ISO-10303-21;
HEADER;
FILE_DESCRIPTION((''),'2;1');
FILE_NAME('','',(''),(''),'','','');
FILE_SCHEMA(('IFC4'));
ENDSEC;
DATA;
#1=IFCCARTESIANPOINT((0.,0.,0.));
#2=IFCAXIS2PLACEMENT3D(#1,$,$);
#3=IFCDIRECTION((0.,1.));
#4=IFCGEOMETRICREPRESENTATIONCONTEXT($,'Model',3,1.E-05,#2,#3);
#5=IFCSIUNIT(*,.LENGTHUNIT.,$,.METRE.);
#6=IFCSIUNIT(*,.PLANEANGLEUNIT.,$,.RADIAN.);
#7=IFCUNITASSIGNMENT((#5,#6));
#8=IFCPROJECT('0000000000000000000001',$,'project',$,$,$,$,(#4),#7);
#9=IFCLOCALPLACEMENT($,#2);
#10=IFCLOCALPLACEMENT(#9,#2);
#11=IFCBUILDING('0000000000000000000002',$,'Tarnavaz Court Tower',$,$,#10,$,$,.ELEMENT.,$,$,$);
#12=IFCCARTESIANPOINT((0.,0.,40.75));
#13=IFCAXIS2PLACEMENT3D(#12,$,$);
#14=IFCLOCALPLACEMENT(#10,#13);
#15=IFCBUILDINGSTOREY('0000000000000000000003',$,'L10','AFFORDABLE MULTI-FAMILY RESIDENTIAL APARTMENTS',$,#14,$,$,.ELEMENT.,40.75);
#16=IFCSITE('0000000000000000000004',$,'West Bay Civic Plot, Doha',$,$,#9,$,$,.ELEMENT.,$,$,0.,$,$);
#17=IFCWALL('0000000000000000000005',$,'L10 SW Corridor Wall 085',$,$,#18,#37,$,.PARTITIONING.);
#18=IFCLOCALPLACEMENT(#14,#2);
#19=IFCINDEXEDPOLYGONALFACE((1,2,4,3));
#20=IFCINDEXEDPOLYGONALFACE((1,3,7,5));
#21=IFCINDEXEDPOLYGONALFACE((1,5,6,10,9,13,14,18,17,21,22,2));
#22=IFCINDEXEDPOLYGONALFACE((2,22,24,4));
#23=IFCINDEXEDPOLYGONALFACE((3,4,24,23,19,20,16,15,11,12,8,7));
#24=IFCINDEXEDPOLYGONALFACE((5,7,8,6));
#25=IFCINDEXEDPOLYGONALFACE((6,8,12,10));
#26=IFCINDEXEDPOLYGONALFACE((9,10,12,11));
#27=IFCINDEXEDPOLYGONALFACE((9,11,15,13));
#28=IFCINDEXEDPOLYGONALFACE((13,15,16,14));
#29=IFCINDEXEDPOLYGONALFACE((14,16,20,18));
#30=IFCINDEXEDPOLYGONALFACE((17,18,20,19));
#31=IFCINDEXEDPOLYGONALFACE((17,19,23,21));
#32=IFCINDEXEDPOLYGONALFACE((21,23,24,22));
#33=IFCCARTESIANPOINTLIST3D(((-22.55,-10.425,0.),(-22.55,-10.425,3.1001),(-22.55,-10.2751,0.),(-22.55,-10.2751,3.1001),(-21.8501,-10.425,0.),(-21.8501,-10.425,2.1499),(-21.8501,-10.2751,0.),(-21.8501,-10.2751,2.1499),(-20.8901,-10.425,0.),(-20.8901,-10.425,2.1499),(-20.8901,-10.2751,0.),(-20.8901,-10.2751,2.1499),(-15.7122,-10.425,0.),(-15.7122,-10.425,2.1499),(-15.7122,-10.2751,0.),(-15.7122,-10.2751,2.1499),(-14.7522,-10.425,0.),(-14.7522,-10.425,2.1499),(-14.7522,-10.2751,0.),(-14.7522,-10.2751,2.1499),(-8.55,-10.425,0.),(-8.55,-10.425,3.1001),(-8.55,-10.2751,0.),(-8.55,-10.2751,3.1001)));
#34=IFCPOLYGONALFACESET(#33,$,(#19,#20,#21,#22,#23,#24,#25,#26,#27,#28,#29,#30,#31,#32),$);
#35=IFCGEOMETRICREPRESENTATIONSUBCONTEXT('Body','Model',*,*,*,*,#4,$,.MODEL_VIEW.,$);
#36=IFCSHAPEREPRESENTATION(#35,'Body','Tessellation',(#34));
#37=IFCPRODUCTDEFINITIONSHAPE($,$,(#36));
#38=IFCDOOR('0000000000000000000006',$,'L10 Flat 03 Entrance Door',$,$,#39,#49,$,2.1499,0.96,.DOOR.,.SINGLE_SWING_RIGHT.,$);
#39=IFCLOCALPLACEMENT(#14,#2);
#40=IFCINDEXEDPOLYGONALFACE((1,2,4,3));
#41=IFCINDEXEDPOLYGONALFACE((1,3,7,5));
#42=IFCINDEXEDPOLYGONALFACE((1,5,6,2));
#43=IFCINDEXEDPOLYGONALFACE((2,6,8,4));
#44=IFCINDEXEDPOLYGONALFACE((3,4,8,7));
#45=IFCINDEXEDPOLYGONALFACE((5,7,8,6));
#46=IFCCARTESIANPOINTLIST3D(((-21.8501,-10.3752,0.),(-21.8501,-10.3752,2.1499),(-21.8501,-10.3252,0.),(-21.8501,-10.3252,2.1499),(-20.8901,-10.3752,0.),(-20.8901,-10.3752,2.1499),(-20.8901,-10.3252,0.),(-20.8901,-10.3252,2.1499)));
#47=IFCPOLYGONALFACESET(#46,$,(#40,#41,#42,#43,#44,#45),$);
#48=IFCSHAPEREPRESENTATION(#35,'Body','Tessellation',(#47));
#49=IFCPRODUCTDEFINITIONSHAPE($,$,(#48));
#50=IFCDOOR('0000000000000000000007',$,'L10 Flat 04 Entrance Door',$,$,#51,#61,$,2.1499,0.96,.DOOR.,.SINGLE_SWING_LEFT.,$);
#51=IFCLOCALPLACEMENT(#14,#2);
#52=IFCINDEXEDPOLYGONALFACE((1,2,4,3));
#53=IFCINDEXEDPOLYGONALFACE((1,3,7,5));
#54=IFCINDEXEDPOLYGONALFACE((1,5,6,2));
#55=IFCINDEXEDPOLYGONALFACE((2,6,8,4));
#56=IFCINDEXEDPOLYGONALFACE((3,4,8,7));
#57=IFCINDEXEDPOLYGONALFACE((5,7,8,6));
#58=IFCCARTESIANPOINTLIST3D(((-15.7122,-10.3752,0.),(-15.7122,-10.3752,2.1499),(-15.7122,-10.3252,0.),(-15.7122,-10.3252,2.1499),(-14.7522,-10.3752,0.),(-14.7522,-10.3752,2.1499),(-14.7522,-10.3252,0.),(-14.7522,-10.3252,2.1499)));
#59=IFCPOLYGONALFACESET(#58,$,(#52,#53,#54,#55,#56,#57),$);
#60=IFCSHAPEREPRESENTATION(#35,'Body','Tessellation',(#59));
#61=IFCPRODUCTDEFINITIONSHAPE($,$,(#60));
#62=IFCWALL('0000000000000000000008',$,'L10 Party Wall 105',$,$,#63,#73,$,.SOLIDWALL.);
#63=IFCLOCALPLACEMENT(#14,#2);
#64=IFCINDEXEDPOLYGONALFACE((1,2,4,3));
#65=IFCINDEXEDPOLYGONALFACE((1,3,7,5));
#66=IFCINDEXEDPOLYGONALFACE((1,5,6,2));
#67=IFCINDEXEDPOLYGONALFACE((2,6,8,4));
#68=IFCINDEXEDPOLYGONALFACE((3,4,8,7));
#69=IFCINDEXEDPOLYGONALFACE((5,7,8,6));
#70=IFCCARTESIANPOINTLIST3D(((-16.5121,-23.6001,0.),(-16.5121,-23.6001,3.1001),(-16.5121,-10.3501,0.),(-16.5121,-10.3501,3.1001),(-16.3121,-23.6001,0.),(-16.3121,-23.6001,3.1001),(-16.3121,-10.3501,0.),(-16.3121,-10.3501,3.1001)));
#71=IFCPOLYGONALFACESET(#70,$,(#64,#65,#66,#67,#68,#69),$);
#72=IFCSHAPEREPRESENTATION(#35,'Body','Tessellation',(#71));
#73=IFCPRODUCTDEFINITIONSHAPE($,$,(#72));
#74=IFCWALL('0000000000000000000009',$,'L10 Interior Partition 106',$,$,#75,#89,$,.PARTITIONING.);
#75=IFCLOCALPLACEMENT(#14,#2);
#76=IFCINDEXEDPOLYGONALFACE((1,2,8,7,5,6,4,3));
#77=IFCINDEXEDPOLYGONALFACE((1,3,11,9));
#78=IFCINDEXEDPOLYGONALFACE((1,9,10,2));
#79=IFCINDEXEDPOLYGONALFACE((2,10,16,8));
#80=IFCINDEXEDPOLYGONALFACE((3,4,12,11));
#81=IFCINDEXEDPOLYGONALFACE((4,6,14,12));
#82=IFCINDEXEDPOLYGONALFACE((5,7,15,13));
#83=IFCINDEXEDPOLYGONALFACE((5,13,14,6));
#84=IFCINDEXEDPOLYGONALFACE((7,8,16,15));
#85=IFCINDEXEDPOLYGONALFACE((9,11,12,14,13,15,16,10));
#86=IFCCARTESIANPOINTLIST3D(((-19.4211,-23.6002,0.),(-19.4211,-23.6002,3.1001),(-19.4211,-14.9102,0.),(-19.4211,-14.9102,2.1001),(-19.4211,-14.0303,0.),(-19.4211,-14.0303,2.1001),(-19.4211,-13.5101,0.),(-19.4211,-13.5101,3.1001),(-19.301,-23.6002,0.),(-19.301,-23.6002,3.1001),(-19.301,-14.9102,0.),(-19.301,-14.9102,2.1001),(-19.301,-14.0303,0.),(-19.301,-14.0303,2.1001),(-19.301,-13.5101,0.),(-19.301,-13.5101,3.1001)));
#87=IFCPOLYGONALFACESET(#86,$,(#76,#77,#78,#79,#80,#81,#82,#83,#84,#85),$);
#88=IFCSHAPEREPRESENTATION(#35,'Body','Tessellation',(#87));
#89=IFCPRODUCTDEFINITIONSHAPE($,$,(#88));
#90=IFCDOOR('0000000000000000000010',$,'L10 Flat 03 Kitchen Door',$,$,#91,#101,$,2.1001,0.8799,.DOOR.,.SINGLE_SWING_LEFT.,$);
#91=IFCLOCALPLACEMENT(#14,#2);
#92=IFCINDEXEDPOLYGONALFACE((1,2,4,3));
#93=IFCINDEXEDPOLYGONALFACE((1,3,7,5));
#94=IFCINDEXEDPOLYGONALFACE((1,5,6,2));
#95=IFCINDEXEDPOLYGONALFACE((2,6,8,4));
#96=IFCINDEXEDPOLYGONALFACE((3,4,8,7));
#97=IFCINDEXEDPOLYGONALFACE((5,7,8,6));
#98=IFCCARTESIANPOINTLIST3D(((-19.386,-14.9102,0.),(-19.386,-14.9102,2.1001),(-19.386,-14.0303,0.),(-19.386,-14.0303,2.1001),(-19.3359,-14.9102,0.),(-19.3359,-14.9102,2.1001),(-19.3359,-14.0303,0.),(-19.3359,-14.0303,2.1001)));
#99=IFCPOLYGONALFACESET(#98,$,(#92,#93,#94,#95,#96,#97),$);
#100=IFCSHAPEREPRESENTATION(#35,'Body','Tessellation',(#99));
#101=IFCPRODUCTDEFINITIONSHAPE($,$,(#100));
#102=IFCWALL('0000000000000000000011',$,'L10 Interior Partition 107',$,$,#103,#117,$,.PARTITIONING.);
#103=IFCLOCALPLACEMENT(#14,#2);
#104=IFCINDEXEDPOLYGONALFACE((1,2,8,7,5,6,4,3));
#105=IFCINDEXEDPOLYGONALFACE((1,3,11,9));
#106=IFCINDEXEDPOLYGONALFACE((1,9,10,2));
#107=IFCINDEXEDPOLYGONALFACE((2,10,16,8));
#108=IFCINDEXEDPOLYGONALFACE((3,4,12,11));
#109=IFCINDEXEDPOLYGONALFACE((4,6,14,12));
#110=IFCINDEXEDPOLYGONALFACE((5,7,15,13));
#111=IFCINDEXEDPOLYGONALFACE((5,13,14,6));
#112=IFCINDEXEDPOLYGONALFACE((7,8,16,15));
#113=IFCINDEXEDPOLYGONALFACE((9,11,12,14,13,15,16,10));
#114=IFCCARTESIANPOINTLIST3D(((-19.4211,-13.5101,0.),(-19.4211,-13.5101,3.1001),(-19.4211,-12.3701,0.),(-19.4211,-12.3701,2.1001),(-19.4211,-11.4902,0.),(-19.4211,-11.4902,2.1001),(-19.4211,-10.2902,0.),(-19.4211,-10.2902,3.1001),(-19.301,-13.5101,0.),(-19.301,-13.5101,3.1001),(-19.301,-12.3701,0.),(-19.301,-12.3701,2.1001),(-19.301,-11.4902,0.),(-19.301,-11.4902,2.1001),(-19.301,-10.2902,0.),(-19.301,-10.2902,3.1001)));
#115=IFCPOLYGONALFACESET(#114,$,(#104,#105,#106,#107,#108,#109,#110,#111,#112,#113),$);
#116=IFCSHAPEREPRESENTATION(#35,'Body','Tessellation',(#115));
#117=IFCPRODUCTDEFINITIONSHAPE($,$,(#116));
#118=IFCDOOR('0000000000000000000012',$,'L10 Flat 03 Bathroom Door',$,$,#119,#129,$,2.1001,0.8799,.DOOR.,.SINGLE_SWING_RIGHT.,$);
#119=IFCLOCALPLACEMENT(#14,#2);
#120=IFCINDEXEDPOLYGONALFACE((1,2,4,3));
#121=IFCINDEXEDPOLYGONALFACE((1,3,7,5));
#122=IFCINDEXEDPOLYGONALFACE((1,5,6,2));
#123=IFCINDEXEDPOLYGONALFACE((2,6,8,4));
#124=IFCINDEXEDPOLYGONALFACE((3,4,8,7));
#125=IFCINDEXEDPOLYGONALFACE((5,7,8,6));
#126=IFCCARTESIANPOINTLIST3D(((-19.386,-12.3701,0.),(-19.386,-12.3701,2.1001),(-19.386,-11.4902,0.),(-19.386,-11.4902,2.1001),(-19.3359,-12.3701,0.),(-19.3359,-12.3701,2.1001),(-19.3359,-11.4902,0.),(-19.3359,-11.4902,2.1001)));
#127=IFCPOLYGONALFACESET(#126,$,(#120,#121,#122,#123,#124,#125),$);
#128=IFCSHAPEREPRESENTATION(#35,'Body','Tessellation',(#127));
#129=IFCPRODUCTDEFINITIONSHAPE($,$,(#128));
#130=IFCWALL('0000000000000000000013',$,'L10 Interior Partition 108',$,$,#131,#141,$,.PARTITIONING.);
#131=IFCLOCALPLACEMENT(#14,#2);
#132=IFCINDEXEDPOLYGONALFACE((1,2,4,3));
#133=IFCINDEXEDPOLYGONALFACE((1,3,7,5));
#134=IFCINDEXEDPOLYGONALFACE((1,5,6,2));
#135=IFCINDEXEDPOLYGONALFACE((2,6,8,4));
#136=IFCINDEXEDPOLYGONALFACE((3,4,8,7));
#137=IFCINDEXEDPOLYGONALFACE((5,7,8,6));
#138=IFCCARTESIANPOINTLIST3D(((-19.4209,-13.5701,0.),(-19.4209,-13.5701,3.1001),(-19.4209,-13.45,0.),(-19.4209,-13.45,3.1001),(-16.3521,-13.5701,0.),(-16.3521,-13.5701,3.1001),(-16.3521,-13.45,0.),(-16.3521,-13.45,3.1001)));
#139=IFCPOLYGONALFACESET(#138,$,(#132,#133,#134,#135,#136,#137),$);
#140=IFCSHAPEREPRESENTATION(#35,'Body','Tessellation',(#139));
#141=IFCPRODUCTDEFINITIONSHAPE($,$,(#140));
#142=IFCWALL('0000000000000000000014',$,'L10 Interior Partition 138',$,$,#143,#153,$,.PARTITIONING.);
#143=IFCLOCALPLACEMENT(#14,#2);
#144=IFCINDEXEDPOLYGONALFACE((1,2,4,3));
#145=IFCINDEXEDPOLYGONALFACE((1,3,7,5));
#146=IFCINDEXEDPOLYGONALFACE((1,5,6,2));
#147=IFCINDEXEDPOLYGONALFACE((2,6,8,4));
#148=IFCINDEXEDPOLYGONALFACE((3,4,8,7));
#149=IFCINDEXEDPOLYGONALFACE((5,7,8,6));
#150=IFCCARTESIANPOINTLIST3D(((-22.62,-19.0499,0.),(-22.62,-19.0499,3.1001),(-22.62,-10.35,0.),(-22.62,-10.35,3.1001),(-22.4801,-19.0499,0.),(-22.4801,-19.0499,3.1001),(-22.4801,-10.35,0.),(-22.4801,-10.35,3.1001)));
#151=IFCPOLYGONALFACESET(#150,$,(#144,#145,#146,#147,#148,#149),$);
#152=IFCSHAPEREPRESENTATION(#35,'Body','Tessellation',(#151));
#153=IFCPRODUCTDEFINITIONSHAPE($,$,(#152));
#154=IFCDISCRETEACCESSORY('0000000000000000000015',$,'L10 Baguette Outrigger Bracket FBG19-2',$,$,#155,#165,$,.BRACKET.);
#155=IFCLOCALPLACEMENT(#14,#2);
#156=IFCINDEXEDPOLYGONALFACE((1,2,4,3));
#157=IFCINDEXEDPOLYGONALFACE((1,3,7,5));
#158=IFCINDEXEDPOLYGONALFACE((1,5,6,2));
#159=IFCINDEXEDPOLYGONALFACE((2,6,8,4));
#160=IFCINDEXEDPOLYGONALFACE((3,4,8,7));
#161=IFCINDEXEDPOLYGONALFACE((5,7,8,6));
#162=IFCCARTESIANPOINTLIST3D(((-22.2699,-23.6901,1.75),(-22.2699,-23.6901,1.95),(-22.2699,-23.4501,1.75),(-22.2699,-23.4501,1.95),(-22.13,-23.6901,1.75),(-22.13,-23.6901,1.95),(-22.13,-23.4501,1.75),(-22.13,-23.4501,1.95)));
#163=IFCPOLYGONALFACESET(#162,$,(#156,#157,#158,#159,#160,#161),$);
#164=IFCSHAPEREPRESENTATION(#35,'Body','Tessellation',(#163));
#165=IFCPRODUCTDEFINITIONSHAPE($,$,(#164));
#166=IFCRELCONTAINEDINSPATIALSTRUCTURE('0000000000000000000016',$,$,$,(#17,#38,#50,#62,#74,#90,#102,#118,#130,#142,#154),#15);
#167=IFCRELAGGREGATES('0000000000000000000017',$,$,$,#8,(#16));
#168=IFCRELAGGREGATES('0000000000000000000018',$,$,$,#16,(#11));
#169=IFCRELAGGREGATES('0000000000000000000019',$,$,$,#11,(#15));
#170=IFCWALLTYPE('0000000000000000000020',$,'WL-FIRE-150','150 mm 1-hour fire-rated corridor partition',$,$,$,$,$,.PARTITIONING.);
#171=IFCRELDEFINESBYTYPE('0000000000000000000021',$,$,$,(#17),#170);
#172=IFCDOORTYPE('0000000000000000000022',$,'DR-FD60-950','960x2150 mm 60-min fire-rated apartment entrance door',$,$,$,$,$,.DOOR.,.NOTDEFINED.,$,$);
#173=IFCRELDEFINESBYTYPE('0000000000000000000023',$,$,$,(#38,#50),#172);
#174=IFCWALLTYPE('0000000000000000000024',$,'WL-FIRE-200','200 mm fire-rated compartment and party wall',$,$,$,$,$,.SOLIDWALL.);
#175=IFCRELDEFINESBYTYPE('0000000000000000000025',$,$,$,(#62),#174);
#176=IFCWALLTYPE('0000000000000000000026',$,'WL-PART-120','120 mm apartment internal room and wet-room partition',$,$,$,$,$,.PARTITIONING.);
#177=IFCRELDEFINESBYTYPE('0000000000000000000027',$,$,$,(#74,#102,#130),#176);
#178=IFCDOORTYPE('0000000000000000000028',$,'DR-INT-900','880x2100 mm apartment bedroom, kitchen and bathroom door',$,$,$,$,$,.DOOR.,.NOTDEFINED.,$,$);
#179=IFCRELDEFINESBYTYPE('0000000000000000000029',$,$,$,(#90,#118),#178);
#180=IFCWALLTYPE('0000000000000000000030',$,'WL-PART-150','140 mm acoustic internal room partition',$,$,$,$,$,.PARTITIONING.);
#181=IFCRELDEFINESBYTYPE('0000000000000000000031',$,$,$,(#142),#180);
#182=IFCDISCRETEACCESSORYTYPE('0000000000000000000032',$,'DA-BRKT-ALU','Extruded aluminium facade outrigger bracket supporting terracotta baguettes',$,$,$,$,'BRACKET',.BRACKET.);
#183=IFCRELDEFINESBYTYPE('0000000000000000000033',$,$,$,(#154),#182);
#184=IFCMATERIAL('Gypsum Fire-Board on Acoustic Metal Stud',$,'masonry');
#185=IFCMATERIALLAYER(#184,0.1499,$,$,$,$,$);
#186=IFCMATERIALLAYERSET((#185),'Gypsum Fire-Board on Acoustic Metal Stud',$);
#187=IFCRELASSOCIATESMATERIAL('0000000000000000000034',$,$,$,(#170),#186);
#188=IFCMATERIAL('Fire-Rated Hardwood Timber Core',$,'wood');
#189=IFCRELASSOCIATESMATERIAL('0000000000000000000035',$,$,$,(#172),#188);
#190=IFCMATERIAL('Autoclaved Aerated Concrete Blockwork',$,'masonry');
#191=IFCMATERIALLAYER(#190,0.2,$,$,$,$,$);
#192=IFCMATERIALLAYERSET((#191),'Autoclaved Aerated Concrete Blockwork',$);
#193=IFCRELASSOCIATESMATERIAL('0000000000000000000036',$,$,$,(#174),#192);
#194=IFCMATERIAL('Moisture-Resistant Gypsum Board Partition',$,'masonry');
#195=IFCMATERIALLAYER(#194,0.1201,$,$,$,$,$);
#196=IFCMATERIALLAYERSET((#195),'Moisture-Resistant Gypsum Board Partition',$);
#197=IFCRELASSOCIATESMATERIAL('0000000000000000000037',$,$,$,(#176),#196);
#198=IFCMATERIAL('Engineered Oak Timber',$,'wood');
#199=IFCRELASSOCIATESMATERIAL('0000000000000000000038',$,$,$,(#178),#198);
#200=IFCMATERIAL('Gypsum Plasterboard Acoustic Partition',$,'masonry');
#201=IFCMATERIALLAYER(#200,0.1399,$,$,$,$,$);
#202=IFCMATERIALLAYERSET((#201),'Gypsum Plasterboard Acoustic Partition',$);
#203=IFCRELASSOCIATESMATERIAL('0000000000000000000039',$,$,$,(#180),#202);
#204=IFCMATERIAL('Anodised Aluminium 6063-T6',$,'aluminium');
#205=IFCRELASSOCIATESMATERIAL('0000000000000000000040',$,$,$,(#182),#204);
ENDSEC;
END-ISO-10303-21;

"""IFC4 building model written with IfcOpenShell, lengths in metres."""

from ifc_helpers import new_model, si_unit, direction, frame, frame_2d, origin, origin_2d, place, context, subcontext, project, spatial, rectangle, extrude, material, layer, layer_set, type_object, element, fill, save


model = new_model("IFC4")

# Units and contexts
model_context = context("Model", 3, precision=1e-05, world=origin(), true_north=direction((0.0, 1.0)))
body_context = subcontext(model_context, "Body", "Model", "MODEL_VIEW")
ifc_project = project(units=[si_unit("LENGTHUNIT", "METRE"), si_unit("PLANEANGLEUNIT", "RADIAN")], contexts=[model_context])

# Site, building, storey
site_placement = place(None, origin())
site = spatial("IfcSite", under=ifc_project, at=site_placement, Name="West Bay Civic Plot, Doha", CompositionType="ELEMENT", RefElevation=0.0)
building_placement = place(site_placement, origin())
building = spatial("IfcBuilding", under=site, at=building_placement, Name="Tarnavaz Court Tower", CompositionType="ELEMENT")
storey_placement = place(building_placement, frame((0.0, 0.0, 40.75)))
storey = spatial("IfcBuildingStorey", under=building, at=storey_placement, Name="L10", Description="AFFORDABLE MULTI-FAMILY RESIDENTIAL APARTMENTS", CompositionType="ELEMENT", Elevation=40.75)

# Wall, openings, doors
ifc_material_1 = material(Name="Gypsum Fire-Board on Acoustic Metal Stud", Category="masonry")
ifc_layer_1 = layer(ifc_material_1, 0.1499)
ifc_layer_set_1 = layer_set([ifc_layer_1], Name="Gypsum Fire-Board on Acoustic Metal Stud")
wall_type_1 = type_object("IfcWallType", Name="WL-FIRE-150", Description="150 mm 1-hour fire-rated corridor partition", PredefinedType="PARTITIONING", material=ifc_layer_set_1)
wall_1_placement = place(storey_placement, frame((-22.55, -10.3501, 0.0), z_axis=(0.0, 0.0, 1.0), x_axis=(1.0, 0.0, 0.0)))
wall_1 = element("IfcWall", 1, at=wall_1_placement, inside=storey, type_object=wall_type_1, Name="L10 SW Corridor Wall 085", PredefinedType="PARTITIONING", context=body_context, shape_type="SweptSolid", body=[
    extrude(rectangle(XDim=14.0, YDim=0.1499, at=frame_2d((7.0, 0.0))), origin(), (0.0, 0.0, 1.0), 3.1001),
])
opening_1_placement = place(wall_1_placement, frame((0.7, 0.0, 0.0)))
opening_1 = element("IfcOpeningElement", 2, at=opening_1_placement, cuts=wall_1, PredefinedType="OPENING", context=body_context, shape_type="SweptSolid", body=[
    extrude(rectangle(XDim=0.96, YDim=2.1499, at=frame_2d((0.48, 1.075))), frame((0.0, 0.085, 0.0), z_axis=(0.0, -1.0, 0.0), x_axis=(1.0, 0.0, 0.0)), (0.0, 0.0, 1.0), 0.1699),
])
opening_2_placement = place(wall_1_placement, frame((6.8379, 0.0, 0.0)))
opening_2 = element("IfcOpeningElement", 3, at=opening_2_placement, cuts=wall_1, PredefinedType="OPENING", context=body_context, shape_type="SweptSolid", body=[
    extrude(rectangle(XDim=0.96, YDim=2.1499, at=frame_2d((0.48, 1.075))), frame((0.0, 0.085, 0.0), z_axis=(0.0, -1.0, 0.0), x_axis=(1.0, 0.0, 0.0)), (0.0, 0.0, 1.0), 0.1699),
])
ifc_material_2 = material(Name="Fire-Rated Hardwood Timber Core", Category="wood")
door_type_1 = type_object("IfcDoorType", Name="DR-FD60-950", Description="960x2150 mm 60-min fire-rated apartment entrance door", OperationType="NOTDEFINED", PredefinedType="DOOR", material=ifc_material_2)
door_1_placement = place(opening_1_placement, origin())
door_1 = element("IfcDoor", 4, at=door_1_placement, inside=storey, type_object=door_type_1, Name="L10 Flat 03 Entrance Door", OperationType="SINGLE_SWING_RIGHT", OverallHeight=2.1499, OverallWidth=0.96, PredefinedType="DOOR", context=body_context, shape_type="SweptSolid", body=[
    extrude(rectangle(XDim=0.96, YDim=2.1499, at=frame_2d((0.48, 1.075))), frame((0.0, 0.0249, 0.0), z_axis=(0.0, -1.0, 0.0), x_axis=(1.0, 0.0, 0.0)), (0.0, 0.0, 1.0), 0.05),
])
fill(opening_1, door_1)
door_2_placement = place(opening_2_placement, origin())
door_2 = element("IfcDoor", 5, at=door_2_placement, inside=storey, type_object=door_type_1, Name="L10 Flat 04 Entrance Door", OperationType="SINGLE_SWING_LEFT", OverallHeight=2.1499, OverallWidth=0.96, PredefinedType="DOOR", context=body_context, shape_type="SweptSolid", body=[
    extrude(rectangle(XDim=0.96, YDim=2.1499, at=frame_2d((0.48, 1.075))), frame((0.0, 0.0249, 0.0), z_axis=(0.0, -1.0, 0.0), x_axis=(1.0, 0.0, 0.0)), (0.0, 0.0, 1.0), 0.05),
])
fill(opening_2, door_2)

# Wall
ifc_material_3 = material(Name="Autoclaved Aerated Concrete Blockwork", Category="masonry")
ifc_layer_2 = layer(ifc_material_3, 0.2)
ifc_layer_set_2 = layer_set([ifc_layer_2], Name="Autoclaved Aerated Concrete Blockwork")
wall_type_2 = type_object("IfcWallType", Name="WL-FIRE-200", Description="200 mm fire-rated compartment and party wall", PredefinedType="SOLIDWALL", material=ifc_layer_set_2)
wall_2_placement = place(storey_placement, frame((-16.4121, -23.6001, 0.0), z_axis=(0.0, 0.0, 1.0), x_axis=(0.0, 1.0, 0.0)))
element("IfcWall", 6, at=wall_2_placement, inside=storey, type_object=wall_type_2, Name="L10 Party Wall 105", PredefinedType="SOLIDWALL", context=body_context, shape_type="SweptSolid", body=[
    extrude(rectangle(XDim=13.25, YDim=0.2, at=frame_2d((6.625, 0.0))), origin(), (0.0, 0.0, 1.0), 3.1001),
])

# Walls, openings, doors
ifc_material_4 = material(Name="Moisture-Resistant Gypsum Board Partition", Category="masonry")
ifc_layer_3 = layer(ifc_material_4, 0.1201)
ifc_layer_set_3 = layer_set([ifc_layer_3], Name="Moisture-Resistant Gypsum Board Partition")
wall_type_3 = type_object("IfcWallType", Name="WL-PART-120", Description="120 mm apartment internal room and wet-room partition", PredefinedType="PARTITIONING", material=ifc_layer_set_3)
wall_3_placement = place(storey_placement, frame((-19.3611, -23.6001, 0.0), z_axis=(0.0, 0.0, 1.0), x_axis=(0.0, 1.0, 0.0)))
wall_3 = element("IfcWall", 7, at=wall_3_placement, inside=storey, type_object=wall_type_3, Name="L10 Interior Partition 106", PredefinedType="PARTITIONING", context=body_context, shape_type="SweptSolid", body=[
    extrude(rectangle(XDim=10.0901, YDim=0.1201, at=frame_2d((5.0449, 0.0))), origin(), (0.0, 0.0, 1.0), 3.1001),
])
opening_3_placement = place(wall_3_placement, frame((8.6899, 0.0, 0.0)))
opening_3 = element("IfcOpeningElement", 8, at=opening_3_placement, cuts=wall_3, PredefinedType="OPENING", context=body_context, shape_type="SweptSolid", body=[
    extrude(rectangle(XDim=0.8799, YDim=2.1001, at=frame_2d((0.4399, 1.05))), frame((0.0, 0.0701, 0.0), z_axis=(0.0, -1.0, 0.0), x_axis=(1.0, 0.0, 0.0)), (0.0, 0.0, 1.0), 0.1401),
])
ifc_material_5 = material(Name="Engineered Oak Timber", Category="wood")
door_type_2 = type_object("IfcDoorType", Name="DR-INT-900", Description="880x2100 mm apartment bedroom, kitchen and bathroom door", OperationType="NOTDEFINED", PredefinedType="DOOR", material=ifc_material_5)
door_3_placement = place(opening_3_placement, origin())
door_3 = element("IfcDoor", 9, at=door_3_placement, inside=storey, type_object=door_type_2, Name="L10 Flat 03 Kitchen Door", OperationType="SINGLE_SWING_LEFT", OverallHeight=2.1001, OverallWidth=0.8799, PredefinedType="DOOR", context=body_context, shape_type="SweptSolid", body=[
    extrude(rectangle(XDim=0.8799, YDim=2.1001, at=frame_2d((0.4399, 1.05))), frame((0.0, 0.0249, 0.0), z_axis=(0.0, -1.0, 0.0), x_axis=(1.0, 0.0, 0.0)), (0.0, 0.0, 1.0), 0.05),
])
fill(opening_3, door_3)
wall_4_placement = place(storey_placement, frame((-19.3611, -13.51, 0.0), z_axis=(0.0, 0.0, 1.0), x_axis=(0.0, 1.0, 0.0)))
wall_4 = element("IfcWall", 10, at=wall_4_placement, inside=storey, type_object=wall_type_3, Name="L10 Interior Partition 107", PredefinedType="PARTITIONING", context=body_context, shape_type="SweptSolid", body=[
    extrude(rectangle(XDim=3.22, YDim=0.1201, at=frame_2d((1.6099, 0.0))), origin(), (0.0, 0.0, 1.0), 3.1001),
])
opening_4_placement = place(wall_4_placement, frame((1.1399, 0.0, 0.0)))
opening_4 = element("IfcOpeningElement", 11, at=opening_4_placement, cuts=wall_4, PredefinedType="OPENING", context=body_context, shape_type="SweptSolid", body=[
    extrude(rectangle(XDim=0.8799, YDim=2.1001, at=frame_2d((0.4399, 1.05))), frame((0.0, 0.0701, 0.0), z_axis=(0.0, -1.0, 0.0), x_axis=(1.0, 0.0, 0.0)), (0.0, 0.0, 1.0), 0.1401),
])
door_4_placement = place(opening_4_placement, origin())
door_4 = element("IfcDoor", 12, at=door_4_placement, inside=storey, type_object=door_type_2, Name="L10 Flat 03 Bathroom Door", OperationType="SINGLE_SWING_RIGHT", OverallHeight=2.1001, OverallWidth=0.8799, PredefinedType="DOOR", context=body_context, shape_type="SweptSolid", body=[
    extrude(rectangle(XDim=0.8799, YDim=2.1001, at=frame_2d((0.4399, 1.05))), frame((0.0, 0.0249, 0.0), z_axis=(0.0, -1.0, 0.0), x_axis=(1.0, 0.0, 0.0)), (0.0, 0.0, 1.0), 0.05),
])
fill(opening_4, door_4)

# Walls
wall_5_placement = place(storey_placement, frame((-19.4209, -13.51, 0.0), z_axis=(0.0, 0.0, 1.0), x_axis=(1.0, 0.0, 0.0)))
element("IfcWall", 13, at=wall_5_placement, inside=storey, type_object=wall_type_3, Name="L10 Interior Partition 108", PredefinedType="PARTITIONING", context=body_context, shape_type="SweptSolid", body=[
    extrude(rectangle(XDim=3.0688, YDim=0.1201, at=frame_2d((1.5344, 0.0))), origin(), (0.0, 0.0, 1.0), 3.1001),
])
ifc_material_6 = material(Name="Gypsum Plasterboard Acoustic Partition", Category="masonry")
ifc_layer_4 = layer(ifc_material_6, 0.1399)
ifc_layer_set_4 = layer_set([ifc_layer_4], Name="Gypsum Plasterboard Acoustic Partition")
wall_type_4 = type_object("IfcWallType", Name="WL-PART-150", Description="140 mm acoustic internal room partition", PredefinedType="PARTITIONING", material=ifc_layer_set_4)
wall_6_placement = place(storey_placement, frame((-22.55, -19.05, 0.0), z_axis=(0.0, 0.0, 1.0), x_axis=(0.0, 1.0, 0.0)))
element("IfcWall", 14, at=wall_6_placement, inside=storey, type_object=wall_type_4, Name="L10 Interior Partition 138", PredefinedType="PARTITIONING", context=body_context, shape_type="SweptSolid", body=[
    extrude(rectangle(XDim=8.7, YDim=0.1399, at=frame_2d((4.3501, 0.0))), origin(), (0.0, 0.0, 1.0), 3.1001),
])

# Discrete accessory
ifc_material_7 = material(Name="Anodised Aluminium 6063-T6", Category="aluminium")
discrete_accessory_type = type_object("IfcDiscreteAccessoryType", Name="DA-BRKT-ALU", Description="Extruded aluminium facade outrigger bracket supporting terracotta baguettes", ElementType="BRACKET", PredefinedType="BRACKET", material=ifc_material_7)
discrete_accessory_placement = place(storey_placement, frame((-22.2, -23.5701, 1.75), z_axis=(0.0, 0.0, 1.0), x_axis=(-1.0, 0.0, 0.0)))
element("IfcDiscreteAccessory", 15, at=discrete_accessory_placement, inside=storey, type_object=discrete_accessory_type, Name="L10 Baguette Outrigger Bracket FBG19-2", PredefinedType="BRACKET", context=body_context, shape_type="SweptSolid", body=[
    extrude(rectangle(XDim=0.1399, YDim=0.24, at=origin_2d()), origin(), (0.0, 0.0, 1.0), 0.2),
])

save(model, "model.ifc")
